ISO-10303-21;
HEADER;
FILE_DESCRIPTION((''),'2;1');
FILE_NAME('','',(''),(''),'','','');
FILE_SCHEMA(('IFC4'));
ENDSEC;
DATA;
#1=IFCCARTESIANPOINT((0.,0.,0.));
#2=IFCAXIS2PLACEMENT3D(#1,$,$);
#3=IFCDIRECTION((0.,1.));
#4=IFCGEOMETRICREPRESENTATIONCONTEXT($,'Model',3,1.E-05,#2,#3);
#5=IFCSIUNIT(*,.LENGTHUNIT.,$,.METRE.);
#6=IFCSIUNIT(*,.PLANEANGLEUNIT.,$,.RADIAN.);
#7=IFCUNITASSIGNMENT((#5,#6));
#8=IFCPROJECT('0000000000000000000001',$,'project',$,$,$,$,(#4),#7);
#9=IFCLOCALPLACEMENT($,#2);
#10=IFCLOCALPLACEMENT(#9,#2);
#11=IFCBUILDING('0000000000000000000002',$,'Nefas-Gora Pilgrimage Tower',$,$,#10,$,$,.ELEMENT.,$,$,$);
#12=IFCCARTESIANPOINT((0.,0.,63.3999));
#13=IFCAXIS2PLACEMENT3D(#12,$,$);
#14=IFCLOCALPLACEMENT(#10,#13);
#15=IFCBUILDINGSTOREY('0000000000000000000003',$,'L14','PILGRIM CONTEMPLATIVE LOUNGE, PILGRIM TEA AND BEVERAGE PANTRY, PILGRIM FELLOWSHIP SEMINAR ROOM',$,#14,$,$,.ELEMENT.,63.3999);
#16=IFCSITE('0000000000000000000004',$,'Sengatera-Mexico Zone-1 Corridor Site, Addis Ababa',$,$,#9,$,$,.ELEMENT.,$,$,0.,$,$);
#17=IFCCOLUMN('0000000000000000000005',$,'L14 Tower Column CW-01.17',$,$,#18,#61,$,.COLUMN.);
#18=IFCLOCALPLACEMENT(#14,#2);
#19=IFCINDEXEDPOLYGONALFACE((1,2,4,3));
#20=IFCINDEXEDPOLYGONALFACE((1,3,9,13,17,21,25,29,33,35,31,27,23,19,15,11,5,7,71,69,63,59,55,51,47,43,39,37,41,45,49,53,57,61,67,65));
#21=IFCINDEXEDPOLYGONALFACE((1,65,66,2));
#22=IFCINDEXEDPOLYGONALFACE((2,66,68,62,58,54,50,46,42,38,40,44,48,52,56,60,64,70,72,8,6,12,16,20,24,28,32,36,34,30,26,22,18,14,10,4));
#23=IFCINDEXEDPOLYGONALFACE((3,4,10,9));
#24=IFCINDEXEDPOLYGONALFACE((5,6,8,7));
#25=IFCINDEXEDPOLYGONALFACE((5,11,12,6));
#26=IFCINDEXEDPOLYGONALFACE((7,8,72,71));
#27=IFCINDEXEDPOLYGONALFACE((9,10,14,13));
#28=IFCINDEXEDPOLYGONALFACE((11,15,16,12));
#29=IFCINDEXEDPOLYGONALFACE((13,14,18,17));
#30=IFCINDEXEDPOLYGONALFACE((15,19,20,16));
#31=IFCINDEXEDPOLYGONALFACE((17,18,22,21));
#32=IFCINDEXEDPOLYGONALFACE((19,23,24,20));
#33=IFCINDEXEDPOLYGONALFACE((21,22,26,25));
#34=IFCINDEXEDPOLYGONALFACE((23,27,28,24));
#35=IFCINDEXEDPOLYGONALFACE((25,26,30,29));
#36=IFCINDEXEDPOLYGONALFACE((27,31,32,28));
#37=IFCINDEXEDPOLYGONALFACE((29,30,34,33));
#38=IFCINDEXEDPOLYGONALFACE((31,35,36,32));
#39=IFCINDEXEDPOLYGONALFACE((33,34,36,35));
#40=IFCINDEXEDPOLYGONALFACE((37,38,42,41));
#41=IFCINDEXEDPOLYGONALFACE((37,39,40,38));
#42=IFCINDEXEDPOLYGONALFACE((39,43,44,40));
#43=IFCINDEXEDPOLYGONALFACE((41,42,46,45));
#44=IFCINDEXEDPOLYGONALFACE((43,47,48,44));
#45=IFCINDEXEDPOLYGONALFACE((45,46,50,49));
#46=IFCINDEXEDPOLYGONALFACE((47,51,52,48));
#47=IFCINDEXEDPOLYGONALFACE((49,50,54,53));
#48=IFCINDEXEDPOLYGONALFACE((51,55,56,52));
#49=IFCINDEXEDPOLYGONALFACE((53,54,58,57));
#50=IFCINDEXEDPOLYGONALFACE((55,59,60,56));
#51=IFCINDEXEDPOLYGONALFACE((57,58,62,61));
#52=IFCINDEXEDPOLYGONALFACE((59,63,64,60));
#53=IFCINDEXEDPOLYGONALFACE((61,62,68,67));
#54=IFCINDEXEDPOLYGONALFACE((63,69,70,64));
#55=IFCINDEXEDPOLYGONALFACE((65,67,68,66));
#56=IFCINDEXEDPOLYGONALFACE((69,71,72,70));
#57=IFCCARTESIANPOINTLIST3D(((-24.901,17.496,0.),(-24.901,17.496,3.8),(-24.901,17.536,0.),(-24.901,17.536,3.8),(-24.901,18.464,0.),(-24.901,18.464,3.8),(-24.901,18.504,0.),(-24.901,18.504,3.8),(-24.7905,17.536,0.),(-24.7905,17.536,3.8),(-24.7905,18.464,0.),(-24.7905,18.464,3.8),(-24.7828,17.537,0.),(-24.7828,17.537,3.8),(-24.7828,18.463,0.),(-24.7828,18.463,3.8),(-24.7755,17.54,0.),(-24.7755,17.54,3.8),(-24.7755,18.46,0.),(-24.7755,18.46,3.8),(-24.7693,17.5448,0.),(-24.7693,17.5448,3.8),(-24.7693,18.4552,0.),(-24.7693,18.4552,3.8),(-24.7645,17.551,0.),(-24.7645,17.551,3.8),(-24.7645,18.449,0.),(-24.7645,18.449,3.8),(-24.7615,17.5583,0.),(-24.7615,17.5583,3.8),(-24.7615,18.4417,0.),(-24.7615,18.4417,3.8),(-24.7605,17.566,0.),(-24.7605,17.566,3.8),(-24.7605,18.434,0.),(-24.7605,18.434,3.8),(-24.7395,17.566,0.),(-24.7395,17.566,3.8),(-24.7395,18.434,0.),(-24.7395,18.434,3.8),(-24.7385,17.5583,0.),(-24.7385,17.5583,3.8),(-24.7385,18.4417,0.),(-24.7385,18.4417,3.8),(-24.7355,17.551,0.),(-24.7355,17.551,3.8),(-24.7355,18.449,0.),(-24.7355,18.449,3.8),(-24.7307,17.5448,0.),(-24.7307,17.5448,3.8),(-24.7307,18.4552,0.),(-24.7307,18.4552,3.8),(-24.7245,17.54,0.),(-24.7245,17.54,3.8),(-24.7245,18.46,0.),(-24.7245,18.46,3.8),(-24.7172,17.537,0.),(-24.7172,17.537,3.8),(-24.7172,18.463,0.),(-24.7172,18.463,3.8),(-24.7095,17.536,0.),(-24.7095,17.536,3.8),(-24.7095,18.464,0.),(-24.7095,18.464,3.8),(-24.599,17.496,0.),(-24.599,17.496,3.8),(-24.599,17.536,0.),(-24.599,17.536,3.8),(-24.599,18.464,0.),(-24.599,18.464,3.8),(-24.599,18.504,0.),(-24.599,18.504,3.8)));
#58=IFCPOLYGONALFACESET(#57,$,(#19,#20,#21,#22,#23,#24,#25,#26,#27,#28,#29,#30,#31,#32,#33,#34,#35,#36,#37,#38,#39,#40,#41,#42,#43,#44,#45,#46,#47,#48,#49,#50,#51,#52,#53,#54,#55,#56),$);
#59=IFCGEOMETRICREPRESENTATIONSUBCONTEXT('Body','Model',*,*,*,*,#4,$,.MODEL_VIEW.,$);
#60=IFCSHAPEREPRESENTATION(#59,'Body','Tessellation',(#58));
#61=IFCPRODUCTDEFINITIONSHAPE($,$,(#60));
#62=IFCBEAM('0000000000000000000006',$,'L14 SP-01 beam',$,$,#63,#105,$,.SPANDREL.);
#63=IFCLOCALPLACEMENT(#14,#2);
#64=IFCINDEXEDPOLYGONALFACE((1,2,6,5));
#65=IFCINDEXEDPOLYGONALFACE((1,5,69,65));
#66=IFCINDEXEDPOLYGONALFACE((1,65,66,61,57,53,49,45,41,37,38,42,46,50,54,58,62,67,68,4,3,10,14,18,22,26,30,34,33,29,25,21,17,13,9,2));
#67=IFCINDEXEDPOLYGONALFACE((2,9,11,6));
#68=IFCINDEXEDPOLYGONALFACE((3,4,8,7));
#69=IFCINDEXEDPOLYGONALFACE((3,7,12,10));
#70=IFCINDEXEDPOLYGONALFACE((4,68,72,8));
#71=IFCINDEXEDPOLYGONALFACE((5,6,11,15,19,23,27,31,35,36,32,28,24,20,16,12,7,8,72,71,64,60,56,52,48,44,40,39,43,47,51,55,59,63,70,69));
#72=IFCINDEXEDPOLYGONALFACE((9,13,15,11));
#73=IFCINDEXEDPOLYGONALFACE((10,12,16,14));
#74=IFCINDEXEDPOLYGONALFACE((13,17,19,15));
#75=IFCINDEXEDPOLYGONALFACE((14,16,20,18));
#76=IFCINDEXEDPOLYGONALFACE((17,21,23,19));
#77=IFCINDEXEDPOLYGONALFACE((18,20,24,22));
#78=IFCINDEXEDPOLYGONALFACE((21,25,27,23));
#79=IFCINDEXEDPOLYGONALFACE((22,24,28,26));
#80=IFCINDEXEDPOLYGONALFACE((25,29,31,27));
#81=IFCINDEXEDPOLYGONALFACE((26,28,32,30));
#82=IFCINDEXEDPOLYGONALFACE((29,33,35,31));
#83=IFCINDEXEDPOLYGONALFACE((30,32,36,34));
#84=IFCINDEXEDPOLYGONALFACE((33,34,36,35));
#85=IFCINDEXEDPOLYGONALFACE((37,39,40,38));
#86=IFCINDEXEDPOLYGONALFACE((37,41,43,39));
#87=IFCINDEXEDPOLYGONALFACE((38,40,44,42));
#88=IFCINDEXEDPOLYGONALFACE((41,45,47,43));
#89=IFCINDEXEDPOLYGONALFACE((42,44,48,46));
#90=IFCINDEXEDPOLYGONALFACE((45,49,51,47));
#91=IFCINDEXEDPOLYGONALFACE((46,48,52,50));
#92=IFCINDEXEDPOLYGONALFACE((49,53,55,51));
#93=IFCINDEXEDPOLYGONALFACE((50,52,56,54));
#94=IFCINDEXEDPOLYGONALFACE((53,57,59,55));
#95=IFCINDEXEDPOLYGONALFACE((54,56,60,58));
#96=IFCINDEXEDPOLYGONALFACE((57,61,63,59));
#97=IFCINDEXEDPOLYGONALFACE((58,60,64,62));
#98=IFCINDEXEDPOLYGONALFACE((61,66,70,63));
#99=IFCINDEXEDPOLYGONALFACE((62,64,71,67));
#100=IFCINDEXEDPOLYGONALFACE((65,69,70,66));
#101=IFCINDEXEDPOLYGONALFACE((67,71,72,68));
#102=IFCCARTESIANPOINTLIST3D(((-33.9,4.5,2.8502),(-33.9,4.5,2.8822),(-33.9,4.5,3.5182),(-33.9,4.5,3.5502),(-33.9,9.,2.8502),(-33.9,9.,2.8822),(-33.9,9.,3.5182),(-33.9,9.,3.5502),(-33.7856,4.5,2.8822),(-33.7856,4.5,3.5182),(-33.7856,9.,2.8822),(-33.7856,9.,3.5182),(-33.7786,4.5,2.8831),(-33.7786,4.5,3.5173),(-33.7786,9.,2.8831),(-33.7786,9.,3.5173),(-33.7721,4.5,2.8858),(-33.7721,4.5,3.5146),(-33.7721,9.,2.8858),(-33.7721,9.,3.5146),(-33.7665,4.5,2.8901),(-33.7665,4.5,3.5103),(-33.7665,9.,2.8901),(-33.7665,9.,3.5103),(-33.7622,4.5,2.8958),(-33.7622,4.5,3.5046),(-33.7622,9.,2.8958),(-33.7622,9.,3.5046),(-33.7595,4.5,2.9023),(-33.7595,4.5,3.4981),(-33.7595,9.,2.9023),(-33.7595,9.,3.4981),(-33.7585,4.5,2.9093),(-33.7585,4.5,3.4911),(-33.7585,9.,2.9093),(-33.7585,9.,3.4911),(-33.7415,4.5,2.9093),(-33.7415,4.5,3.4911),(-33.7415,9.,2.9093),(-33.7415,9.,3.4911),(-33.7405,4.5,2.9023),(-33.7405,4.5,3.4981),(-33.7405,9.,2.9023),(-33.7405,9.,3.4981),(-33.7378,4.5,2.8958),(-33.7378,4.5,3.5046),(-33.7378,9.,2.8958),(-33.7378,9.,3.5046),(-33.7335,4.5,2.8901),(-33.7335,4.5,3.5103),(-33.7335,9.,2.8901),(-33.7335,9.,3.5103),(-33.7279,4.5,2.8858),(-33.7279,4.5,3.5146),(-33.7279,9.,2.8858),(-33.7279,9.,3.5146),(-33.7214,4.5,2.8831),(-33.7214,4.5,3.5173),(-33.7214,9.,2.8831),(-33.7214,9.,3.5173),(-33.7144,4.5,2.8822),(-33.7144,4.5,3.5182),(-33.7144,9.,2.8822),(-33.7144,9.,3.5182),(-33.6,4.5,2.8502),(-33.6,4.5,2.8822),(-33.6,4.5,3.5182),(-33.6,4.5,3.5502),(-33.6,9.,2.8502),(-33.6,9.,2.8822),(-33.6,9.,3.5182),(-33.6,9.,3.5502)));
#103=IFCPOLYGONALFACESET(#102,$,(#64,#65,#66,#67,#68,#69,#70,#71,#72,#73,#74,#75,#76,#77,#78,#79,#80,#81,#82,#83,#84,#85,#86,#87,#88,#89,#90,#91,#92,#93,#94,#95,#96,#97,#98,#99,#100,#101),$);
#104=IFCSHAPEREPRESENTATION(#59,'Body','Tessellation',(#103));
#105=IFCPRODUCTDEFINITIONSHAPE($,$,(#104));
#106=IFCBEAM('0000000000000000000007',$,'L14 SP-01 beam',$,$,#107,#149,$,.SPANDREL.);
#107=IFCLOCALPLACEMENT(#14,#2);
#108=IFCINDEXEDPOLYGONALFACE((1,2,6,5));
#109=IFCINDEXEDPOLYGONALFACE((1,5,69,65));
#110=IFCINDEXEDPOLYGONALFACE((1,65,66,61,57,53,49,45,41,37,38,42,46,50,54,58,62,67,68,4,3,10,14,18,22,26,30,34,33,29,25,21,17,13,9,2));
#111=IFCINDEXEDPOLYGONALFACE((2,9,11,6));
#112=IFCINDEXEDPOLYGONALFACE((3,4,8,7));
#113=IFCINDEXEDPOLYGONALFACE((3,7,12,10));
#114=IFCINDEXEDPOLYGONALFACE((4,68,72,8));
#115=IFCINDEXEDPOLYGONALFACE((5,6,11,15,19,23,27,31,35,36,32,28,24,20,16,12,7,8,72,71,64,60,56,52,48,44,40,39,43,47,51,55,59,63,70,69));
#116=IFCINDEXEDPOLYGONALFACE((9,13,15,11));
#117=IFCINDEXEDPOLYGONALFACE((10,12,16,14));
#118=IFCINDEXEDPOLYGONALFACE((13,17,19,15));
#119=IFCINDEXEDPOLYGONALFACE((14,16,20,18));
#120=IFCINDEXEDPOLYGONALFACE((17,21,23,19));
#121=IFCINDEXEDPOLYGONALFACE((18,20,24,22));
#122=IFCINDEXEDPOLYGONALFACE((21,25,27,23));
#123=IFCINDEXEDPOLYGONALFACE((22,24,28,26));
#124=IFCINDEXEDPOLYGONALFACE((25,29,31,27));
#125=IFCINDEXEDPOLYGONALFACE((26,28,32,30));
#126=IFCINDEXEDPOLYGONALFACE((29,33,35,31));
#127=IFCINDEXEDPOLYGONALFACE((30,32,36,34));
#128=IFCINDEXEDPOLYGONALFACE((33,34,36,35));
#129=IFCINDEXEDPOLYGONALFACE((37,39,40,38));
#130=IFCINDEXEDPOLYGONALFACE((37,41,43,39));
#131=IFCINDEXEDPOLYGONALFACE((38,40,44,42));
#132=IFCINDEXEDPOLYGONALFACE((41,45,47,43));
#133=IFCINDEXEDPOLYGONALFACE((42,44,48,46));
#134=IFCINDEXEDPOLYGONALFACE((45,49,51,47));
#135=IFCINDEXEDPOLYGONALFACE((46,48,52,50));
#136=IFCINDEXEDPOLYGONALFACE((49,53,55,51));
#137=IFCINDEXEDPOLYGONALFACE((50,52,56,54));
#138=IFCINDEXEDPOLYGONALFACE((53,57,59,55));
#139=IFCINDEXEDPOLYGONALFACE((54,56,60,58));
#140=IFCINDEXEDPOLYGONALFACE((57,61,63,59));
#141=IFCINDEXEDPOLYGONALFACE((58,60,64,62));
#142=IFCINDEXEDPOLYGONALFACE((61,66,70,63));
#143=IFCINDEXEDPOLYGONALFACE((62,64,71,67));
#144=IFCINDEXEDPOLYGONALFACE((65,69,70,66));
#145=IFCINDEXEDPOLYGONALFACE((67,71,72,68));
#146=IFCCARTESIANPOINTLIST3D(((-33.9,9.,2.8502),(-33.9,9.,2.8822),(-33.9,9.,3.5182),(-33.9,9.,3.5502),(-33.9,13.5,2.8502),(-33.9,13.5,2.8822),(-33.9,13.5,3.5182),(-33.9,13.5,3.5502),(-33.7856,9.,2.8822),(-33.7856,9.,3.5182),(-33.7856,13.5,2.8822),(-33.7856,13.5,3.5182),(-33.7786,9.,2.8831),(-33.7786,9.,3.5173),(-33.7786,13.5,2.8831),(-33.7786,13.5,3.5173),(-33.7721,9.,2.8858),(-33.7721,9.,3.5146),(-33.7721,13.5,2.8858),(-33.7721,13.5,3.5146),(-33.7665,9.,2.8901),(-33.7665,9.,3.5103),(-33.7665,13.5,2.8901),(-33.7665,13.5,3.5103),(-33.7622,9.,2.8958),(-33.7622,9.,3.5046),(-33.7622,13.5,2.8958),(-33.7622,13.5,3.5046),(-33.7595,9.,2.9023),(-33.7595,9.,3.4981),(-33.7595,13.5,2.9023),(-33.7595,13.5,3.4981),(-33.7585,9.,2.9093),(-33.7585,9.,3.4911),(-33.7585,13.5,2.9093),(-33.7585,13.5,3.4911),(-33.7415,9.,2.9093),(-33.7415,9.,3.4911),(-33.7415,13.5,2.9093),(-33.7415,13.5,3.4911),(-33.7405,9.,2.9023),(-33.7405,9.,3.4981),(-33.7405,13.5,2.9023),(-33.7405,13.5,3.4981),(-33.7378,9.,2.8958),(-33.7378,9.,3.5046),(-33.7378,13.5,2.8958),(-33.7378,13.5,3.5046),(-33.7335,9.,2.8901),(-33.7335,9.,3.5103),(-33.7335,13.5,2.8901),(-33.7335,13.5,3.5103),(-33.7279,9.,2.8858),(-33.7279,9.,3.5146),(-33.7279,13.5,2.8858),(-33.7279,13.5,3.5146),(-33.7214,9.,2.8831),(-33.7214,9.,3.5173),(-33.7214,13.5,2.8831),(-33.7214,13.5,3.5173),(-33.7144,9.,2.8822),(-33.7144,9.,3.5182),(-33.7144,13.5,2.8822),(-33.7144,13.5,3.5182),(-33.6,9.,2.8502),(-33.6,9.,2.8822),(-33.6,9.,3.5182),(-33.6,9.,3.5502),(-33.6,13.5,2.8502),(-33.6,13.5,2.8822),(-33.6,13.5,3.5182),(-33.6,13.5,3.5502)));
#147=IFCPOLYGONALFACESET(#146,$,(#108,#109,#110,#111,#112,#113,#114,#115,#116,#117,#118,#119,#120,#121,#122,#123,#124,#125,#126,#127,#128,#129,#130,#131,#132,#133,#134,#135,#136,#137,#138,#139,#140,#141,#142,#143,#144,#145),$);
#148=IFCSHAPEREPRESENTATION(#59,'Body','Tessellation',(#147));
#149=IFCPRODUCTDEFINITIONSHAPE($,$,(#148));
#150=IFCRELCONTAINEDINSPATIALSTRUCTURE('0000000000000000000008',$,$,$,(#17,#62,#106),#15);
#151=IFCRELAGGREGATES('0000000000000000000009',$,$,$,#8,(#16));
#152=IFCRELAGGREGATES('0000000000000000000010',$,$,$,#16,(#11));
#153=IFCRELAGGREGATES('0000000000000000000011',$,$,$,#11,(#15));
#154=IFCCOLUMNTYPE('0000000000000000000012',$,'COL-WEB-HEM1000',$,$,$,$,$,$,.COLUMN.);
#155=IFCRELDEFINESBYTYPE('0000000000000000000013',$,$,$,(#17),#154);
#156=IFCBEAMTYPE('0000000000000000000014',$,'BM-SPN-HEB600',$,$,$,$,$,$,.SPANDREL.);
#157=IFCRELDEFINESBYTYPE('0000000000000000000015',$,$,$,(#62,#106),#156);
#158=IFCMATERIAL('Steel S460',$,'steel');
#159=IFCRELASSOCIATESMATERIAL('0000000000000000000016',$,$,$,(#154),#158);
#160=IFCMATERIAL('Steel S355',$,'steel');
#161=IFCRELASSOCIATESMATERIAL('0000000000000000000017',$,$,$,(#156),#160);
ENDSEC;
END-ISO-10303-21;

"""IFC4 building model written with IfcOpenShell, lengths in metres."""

from ifc_helpers import new_model, si_unit, direction, frame, origin, origin_2d, place, context, subcontext, project, spatial, i_section, extrude, source, transform, mapped, material, material_profile, profile_set, type_object, element, save


model = new_model("IFC4")

# Units and contexts
model_context = context("Model", 3, precision=1e-05, world=origin(), true_north=direction((0.0, 1.0)))
body_context = subcontext(model_context, "Body", "Model", "MODEL_VIEW")
ifc_project = project(units=[si_unit("LENGTHUNIT", "METRE"), si_unit("PLANEANGLEUNIT", "RADIAN")], contexts=[model_context])

# Site, building, storey
site_placement = place(None, origin())
site = spatial("IfcSite", under=ifc_project, at=site_placement, Name="Sengatera-Mexico Zone-1 Corridor Site, Addis Ababa", CompositionType="ELEMENT", RefElevation=0.0)
building_placement = place(site_placement, origin())
building = spatial("IfcBuilding", under=site, at=building_placement, Name="Nefas-Gora Pilgrimage Tower", CompositionType="ELEMENT")
storey_placement = place(building_placement, frame((0.0, 0.0, 63.3999)))
storey = spatial("IfcBuildingStorey", under=building, at=storey_placement, Name="L14", Description="PILGRIM CONTEMPLATIVE LOUNGE, PILGRIM TEA AND BEVERAGE PANTRY, PILGRIM FELLOWSHIP SEMINAR ROOM", CompositionType="ELEMENT", Elevation=63.3999)

# Column
ifc_material_1 = material(Name="Steel S460", Category="steel")
ifc_material_profile_1 = material_profile(ifc_material_1, i_section(OverallWidth=0.302, OverallDepth=1.0081, WebThickness=0.021, FlangeThickness=0.04, FilletRadius=0.03, at=origin_2d()), Name="HEM 1000")
ifc_profile_set_1 = profile_set([ifc_material_profile_1], Name="Steel S460")
column_type_1 = type_object("IfcColumnType", Name="COL-WEB-HEM1000", PredefinedType="COLUMN", material=ifc_profile_set_1)
shared_shape_1 = source(origin(), body_context, "Body", "SweptSolid", [
    extrude(i_section(OverallWidth=0.302, OverallDepth=1.0081, WebThickness=0.021, FlangeThickness=0.04, FilletRadius=0.03, at=origin_2d()), origin(), (0.0, 0.0, 1.0), 3.8),
])
for number, where, z_axis, x_axis, name in (
    (1, (-24.75, 18.0, 0.0), (0.0, 0.0, 1.0), (1.0, 0.0, 0.0), "L14 Tower Column CW-01.17"),
):
    element("IfcColumn", number, at=place(storey_placement, frame(where, z_axis=z_axis, x_axis=x_axis)), inside=storey, type_object=column_type_1, Name=name, PredefinedType="COLUMN", context=body_context, shape_type="MappedRepresentation", body=[
        mapped(shared_shape_1, transform((0.0, 0.0, 0.0), x_axis=(1.0, 0.0, 0.0), y_axis=(0.0, 1.0, 0.0), z_axis=(0.0, 0.0, 1.0), scale=1.0)),
    ])

# Beams
ifc_material_2 = material(Name="Steel S355", Category="steel")
ifc_material_profile_2 = material_profile(ifc_material_2, i_section(OverallWidth=0.3, OverallDepth=0.7, WebThickness=0.0171, FlangeThickness=0.032, FilletRadius=0.0271, at=origin_2d()), Name="HEB 700")
ifc_profile_set_2 = profile_set([ifc_material_profile_2], Name="Steel S355")
beam_type_1 = type_object("IfcBeamType", Name="BM-SPN-HEB600", PredefinedType="SPANDREL", material=ifc_profile_set_2)
shared_shape_2 = source(origin(), body_context, "Body", "SweptSolid", [
    extrude(i_section(OverallWidth=0.3, OverallDepth=0.7, WebThickness=0.0171, FlangeThickness=0.032, FilletRadius=0.0271, at=origin_2d()), origin(), (0.0, 0.0, 1.0), 4.5),
])
for number, where, z_axis, x_axis, name in (
    (2, (-33.75, 4.5, 3.2002), (0.0, 1.0, 0.0), (-1.0, 0.0, 0.0), "L14 SP-01 beam"),
    (3, (-33.75, 9.0, 3.2002), (0.0, 1.0, 0.0), (-1.0, 0.0, 0.0), "L14 SP-01 beam"),
):
    element("IfcBeam", number, at=place(storey_placement, frame(where, z_axis=z_axis, x_axis=x_axis)), inside=storey, type_object=beam_type_1, Name=name, PredefinedType="SPANDREL", context=body_context, shape_type="MappedRepresentation", body=[
        mapped(shared_shape_2, transform((0.0, 0.0, 0.0), x_axis=(1.0, 0.0, 0.0), y_axis=(0.0, 1.0, 0.0), z_axis=(0.0, 0.0, 1.0), scale=1.0)),
    ])

save(model, "model.ifc")
